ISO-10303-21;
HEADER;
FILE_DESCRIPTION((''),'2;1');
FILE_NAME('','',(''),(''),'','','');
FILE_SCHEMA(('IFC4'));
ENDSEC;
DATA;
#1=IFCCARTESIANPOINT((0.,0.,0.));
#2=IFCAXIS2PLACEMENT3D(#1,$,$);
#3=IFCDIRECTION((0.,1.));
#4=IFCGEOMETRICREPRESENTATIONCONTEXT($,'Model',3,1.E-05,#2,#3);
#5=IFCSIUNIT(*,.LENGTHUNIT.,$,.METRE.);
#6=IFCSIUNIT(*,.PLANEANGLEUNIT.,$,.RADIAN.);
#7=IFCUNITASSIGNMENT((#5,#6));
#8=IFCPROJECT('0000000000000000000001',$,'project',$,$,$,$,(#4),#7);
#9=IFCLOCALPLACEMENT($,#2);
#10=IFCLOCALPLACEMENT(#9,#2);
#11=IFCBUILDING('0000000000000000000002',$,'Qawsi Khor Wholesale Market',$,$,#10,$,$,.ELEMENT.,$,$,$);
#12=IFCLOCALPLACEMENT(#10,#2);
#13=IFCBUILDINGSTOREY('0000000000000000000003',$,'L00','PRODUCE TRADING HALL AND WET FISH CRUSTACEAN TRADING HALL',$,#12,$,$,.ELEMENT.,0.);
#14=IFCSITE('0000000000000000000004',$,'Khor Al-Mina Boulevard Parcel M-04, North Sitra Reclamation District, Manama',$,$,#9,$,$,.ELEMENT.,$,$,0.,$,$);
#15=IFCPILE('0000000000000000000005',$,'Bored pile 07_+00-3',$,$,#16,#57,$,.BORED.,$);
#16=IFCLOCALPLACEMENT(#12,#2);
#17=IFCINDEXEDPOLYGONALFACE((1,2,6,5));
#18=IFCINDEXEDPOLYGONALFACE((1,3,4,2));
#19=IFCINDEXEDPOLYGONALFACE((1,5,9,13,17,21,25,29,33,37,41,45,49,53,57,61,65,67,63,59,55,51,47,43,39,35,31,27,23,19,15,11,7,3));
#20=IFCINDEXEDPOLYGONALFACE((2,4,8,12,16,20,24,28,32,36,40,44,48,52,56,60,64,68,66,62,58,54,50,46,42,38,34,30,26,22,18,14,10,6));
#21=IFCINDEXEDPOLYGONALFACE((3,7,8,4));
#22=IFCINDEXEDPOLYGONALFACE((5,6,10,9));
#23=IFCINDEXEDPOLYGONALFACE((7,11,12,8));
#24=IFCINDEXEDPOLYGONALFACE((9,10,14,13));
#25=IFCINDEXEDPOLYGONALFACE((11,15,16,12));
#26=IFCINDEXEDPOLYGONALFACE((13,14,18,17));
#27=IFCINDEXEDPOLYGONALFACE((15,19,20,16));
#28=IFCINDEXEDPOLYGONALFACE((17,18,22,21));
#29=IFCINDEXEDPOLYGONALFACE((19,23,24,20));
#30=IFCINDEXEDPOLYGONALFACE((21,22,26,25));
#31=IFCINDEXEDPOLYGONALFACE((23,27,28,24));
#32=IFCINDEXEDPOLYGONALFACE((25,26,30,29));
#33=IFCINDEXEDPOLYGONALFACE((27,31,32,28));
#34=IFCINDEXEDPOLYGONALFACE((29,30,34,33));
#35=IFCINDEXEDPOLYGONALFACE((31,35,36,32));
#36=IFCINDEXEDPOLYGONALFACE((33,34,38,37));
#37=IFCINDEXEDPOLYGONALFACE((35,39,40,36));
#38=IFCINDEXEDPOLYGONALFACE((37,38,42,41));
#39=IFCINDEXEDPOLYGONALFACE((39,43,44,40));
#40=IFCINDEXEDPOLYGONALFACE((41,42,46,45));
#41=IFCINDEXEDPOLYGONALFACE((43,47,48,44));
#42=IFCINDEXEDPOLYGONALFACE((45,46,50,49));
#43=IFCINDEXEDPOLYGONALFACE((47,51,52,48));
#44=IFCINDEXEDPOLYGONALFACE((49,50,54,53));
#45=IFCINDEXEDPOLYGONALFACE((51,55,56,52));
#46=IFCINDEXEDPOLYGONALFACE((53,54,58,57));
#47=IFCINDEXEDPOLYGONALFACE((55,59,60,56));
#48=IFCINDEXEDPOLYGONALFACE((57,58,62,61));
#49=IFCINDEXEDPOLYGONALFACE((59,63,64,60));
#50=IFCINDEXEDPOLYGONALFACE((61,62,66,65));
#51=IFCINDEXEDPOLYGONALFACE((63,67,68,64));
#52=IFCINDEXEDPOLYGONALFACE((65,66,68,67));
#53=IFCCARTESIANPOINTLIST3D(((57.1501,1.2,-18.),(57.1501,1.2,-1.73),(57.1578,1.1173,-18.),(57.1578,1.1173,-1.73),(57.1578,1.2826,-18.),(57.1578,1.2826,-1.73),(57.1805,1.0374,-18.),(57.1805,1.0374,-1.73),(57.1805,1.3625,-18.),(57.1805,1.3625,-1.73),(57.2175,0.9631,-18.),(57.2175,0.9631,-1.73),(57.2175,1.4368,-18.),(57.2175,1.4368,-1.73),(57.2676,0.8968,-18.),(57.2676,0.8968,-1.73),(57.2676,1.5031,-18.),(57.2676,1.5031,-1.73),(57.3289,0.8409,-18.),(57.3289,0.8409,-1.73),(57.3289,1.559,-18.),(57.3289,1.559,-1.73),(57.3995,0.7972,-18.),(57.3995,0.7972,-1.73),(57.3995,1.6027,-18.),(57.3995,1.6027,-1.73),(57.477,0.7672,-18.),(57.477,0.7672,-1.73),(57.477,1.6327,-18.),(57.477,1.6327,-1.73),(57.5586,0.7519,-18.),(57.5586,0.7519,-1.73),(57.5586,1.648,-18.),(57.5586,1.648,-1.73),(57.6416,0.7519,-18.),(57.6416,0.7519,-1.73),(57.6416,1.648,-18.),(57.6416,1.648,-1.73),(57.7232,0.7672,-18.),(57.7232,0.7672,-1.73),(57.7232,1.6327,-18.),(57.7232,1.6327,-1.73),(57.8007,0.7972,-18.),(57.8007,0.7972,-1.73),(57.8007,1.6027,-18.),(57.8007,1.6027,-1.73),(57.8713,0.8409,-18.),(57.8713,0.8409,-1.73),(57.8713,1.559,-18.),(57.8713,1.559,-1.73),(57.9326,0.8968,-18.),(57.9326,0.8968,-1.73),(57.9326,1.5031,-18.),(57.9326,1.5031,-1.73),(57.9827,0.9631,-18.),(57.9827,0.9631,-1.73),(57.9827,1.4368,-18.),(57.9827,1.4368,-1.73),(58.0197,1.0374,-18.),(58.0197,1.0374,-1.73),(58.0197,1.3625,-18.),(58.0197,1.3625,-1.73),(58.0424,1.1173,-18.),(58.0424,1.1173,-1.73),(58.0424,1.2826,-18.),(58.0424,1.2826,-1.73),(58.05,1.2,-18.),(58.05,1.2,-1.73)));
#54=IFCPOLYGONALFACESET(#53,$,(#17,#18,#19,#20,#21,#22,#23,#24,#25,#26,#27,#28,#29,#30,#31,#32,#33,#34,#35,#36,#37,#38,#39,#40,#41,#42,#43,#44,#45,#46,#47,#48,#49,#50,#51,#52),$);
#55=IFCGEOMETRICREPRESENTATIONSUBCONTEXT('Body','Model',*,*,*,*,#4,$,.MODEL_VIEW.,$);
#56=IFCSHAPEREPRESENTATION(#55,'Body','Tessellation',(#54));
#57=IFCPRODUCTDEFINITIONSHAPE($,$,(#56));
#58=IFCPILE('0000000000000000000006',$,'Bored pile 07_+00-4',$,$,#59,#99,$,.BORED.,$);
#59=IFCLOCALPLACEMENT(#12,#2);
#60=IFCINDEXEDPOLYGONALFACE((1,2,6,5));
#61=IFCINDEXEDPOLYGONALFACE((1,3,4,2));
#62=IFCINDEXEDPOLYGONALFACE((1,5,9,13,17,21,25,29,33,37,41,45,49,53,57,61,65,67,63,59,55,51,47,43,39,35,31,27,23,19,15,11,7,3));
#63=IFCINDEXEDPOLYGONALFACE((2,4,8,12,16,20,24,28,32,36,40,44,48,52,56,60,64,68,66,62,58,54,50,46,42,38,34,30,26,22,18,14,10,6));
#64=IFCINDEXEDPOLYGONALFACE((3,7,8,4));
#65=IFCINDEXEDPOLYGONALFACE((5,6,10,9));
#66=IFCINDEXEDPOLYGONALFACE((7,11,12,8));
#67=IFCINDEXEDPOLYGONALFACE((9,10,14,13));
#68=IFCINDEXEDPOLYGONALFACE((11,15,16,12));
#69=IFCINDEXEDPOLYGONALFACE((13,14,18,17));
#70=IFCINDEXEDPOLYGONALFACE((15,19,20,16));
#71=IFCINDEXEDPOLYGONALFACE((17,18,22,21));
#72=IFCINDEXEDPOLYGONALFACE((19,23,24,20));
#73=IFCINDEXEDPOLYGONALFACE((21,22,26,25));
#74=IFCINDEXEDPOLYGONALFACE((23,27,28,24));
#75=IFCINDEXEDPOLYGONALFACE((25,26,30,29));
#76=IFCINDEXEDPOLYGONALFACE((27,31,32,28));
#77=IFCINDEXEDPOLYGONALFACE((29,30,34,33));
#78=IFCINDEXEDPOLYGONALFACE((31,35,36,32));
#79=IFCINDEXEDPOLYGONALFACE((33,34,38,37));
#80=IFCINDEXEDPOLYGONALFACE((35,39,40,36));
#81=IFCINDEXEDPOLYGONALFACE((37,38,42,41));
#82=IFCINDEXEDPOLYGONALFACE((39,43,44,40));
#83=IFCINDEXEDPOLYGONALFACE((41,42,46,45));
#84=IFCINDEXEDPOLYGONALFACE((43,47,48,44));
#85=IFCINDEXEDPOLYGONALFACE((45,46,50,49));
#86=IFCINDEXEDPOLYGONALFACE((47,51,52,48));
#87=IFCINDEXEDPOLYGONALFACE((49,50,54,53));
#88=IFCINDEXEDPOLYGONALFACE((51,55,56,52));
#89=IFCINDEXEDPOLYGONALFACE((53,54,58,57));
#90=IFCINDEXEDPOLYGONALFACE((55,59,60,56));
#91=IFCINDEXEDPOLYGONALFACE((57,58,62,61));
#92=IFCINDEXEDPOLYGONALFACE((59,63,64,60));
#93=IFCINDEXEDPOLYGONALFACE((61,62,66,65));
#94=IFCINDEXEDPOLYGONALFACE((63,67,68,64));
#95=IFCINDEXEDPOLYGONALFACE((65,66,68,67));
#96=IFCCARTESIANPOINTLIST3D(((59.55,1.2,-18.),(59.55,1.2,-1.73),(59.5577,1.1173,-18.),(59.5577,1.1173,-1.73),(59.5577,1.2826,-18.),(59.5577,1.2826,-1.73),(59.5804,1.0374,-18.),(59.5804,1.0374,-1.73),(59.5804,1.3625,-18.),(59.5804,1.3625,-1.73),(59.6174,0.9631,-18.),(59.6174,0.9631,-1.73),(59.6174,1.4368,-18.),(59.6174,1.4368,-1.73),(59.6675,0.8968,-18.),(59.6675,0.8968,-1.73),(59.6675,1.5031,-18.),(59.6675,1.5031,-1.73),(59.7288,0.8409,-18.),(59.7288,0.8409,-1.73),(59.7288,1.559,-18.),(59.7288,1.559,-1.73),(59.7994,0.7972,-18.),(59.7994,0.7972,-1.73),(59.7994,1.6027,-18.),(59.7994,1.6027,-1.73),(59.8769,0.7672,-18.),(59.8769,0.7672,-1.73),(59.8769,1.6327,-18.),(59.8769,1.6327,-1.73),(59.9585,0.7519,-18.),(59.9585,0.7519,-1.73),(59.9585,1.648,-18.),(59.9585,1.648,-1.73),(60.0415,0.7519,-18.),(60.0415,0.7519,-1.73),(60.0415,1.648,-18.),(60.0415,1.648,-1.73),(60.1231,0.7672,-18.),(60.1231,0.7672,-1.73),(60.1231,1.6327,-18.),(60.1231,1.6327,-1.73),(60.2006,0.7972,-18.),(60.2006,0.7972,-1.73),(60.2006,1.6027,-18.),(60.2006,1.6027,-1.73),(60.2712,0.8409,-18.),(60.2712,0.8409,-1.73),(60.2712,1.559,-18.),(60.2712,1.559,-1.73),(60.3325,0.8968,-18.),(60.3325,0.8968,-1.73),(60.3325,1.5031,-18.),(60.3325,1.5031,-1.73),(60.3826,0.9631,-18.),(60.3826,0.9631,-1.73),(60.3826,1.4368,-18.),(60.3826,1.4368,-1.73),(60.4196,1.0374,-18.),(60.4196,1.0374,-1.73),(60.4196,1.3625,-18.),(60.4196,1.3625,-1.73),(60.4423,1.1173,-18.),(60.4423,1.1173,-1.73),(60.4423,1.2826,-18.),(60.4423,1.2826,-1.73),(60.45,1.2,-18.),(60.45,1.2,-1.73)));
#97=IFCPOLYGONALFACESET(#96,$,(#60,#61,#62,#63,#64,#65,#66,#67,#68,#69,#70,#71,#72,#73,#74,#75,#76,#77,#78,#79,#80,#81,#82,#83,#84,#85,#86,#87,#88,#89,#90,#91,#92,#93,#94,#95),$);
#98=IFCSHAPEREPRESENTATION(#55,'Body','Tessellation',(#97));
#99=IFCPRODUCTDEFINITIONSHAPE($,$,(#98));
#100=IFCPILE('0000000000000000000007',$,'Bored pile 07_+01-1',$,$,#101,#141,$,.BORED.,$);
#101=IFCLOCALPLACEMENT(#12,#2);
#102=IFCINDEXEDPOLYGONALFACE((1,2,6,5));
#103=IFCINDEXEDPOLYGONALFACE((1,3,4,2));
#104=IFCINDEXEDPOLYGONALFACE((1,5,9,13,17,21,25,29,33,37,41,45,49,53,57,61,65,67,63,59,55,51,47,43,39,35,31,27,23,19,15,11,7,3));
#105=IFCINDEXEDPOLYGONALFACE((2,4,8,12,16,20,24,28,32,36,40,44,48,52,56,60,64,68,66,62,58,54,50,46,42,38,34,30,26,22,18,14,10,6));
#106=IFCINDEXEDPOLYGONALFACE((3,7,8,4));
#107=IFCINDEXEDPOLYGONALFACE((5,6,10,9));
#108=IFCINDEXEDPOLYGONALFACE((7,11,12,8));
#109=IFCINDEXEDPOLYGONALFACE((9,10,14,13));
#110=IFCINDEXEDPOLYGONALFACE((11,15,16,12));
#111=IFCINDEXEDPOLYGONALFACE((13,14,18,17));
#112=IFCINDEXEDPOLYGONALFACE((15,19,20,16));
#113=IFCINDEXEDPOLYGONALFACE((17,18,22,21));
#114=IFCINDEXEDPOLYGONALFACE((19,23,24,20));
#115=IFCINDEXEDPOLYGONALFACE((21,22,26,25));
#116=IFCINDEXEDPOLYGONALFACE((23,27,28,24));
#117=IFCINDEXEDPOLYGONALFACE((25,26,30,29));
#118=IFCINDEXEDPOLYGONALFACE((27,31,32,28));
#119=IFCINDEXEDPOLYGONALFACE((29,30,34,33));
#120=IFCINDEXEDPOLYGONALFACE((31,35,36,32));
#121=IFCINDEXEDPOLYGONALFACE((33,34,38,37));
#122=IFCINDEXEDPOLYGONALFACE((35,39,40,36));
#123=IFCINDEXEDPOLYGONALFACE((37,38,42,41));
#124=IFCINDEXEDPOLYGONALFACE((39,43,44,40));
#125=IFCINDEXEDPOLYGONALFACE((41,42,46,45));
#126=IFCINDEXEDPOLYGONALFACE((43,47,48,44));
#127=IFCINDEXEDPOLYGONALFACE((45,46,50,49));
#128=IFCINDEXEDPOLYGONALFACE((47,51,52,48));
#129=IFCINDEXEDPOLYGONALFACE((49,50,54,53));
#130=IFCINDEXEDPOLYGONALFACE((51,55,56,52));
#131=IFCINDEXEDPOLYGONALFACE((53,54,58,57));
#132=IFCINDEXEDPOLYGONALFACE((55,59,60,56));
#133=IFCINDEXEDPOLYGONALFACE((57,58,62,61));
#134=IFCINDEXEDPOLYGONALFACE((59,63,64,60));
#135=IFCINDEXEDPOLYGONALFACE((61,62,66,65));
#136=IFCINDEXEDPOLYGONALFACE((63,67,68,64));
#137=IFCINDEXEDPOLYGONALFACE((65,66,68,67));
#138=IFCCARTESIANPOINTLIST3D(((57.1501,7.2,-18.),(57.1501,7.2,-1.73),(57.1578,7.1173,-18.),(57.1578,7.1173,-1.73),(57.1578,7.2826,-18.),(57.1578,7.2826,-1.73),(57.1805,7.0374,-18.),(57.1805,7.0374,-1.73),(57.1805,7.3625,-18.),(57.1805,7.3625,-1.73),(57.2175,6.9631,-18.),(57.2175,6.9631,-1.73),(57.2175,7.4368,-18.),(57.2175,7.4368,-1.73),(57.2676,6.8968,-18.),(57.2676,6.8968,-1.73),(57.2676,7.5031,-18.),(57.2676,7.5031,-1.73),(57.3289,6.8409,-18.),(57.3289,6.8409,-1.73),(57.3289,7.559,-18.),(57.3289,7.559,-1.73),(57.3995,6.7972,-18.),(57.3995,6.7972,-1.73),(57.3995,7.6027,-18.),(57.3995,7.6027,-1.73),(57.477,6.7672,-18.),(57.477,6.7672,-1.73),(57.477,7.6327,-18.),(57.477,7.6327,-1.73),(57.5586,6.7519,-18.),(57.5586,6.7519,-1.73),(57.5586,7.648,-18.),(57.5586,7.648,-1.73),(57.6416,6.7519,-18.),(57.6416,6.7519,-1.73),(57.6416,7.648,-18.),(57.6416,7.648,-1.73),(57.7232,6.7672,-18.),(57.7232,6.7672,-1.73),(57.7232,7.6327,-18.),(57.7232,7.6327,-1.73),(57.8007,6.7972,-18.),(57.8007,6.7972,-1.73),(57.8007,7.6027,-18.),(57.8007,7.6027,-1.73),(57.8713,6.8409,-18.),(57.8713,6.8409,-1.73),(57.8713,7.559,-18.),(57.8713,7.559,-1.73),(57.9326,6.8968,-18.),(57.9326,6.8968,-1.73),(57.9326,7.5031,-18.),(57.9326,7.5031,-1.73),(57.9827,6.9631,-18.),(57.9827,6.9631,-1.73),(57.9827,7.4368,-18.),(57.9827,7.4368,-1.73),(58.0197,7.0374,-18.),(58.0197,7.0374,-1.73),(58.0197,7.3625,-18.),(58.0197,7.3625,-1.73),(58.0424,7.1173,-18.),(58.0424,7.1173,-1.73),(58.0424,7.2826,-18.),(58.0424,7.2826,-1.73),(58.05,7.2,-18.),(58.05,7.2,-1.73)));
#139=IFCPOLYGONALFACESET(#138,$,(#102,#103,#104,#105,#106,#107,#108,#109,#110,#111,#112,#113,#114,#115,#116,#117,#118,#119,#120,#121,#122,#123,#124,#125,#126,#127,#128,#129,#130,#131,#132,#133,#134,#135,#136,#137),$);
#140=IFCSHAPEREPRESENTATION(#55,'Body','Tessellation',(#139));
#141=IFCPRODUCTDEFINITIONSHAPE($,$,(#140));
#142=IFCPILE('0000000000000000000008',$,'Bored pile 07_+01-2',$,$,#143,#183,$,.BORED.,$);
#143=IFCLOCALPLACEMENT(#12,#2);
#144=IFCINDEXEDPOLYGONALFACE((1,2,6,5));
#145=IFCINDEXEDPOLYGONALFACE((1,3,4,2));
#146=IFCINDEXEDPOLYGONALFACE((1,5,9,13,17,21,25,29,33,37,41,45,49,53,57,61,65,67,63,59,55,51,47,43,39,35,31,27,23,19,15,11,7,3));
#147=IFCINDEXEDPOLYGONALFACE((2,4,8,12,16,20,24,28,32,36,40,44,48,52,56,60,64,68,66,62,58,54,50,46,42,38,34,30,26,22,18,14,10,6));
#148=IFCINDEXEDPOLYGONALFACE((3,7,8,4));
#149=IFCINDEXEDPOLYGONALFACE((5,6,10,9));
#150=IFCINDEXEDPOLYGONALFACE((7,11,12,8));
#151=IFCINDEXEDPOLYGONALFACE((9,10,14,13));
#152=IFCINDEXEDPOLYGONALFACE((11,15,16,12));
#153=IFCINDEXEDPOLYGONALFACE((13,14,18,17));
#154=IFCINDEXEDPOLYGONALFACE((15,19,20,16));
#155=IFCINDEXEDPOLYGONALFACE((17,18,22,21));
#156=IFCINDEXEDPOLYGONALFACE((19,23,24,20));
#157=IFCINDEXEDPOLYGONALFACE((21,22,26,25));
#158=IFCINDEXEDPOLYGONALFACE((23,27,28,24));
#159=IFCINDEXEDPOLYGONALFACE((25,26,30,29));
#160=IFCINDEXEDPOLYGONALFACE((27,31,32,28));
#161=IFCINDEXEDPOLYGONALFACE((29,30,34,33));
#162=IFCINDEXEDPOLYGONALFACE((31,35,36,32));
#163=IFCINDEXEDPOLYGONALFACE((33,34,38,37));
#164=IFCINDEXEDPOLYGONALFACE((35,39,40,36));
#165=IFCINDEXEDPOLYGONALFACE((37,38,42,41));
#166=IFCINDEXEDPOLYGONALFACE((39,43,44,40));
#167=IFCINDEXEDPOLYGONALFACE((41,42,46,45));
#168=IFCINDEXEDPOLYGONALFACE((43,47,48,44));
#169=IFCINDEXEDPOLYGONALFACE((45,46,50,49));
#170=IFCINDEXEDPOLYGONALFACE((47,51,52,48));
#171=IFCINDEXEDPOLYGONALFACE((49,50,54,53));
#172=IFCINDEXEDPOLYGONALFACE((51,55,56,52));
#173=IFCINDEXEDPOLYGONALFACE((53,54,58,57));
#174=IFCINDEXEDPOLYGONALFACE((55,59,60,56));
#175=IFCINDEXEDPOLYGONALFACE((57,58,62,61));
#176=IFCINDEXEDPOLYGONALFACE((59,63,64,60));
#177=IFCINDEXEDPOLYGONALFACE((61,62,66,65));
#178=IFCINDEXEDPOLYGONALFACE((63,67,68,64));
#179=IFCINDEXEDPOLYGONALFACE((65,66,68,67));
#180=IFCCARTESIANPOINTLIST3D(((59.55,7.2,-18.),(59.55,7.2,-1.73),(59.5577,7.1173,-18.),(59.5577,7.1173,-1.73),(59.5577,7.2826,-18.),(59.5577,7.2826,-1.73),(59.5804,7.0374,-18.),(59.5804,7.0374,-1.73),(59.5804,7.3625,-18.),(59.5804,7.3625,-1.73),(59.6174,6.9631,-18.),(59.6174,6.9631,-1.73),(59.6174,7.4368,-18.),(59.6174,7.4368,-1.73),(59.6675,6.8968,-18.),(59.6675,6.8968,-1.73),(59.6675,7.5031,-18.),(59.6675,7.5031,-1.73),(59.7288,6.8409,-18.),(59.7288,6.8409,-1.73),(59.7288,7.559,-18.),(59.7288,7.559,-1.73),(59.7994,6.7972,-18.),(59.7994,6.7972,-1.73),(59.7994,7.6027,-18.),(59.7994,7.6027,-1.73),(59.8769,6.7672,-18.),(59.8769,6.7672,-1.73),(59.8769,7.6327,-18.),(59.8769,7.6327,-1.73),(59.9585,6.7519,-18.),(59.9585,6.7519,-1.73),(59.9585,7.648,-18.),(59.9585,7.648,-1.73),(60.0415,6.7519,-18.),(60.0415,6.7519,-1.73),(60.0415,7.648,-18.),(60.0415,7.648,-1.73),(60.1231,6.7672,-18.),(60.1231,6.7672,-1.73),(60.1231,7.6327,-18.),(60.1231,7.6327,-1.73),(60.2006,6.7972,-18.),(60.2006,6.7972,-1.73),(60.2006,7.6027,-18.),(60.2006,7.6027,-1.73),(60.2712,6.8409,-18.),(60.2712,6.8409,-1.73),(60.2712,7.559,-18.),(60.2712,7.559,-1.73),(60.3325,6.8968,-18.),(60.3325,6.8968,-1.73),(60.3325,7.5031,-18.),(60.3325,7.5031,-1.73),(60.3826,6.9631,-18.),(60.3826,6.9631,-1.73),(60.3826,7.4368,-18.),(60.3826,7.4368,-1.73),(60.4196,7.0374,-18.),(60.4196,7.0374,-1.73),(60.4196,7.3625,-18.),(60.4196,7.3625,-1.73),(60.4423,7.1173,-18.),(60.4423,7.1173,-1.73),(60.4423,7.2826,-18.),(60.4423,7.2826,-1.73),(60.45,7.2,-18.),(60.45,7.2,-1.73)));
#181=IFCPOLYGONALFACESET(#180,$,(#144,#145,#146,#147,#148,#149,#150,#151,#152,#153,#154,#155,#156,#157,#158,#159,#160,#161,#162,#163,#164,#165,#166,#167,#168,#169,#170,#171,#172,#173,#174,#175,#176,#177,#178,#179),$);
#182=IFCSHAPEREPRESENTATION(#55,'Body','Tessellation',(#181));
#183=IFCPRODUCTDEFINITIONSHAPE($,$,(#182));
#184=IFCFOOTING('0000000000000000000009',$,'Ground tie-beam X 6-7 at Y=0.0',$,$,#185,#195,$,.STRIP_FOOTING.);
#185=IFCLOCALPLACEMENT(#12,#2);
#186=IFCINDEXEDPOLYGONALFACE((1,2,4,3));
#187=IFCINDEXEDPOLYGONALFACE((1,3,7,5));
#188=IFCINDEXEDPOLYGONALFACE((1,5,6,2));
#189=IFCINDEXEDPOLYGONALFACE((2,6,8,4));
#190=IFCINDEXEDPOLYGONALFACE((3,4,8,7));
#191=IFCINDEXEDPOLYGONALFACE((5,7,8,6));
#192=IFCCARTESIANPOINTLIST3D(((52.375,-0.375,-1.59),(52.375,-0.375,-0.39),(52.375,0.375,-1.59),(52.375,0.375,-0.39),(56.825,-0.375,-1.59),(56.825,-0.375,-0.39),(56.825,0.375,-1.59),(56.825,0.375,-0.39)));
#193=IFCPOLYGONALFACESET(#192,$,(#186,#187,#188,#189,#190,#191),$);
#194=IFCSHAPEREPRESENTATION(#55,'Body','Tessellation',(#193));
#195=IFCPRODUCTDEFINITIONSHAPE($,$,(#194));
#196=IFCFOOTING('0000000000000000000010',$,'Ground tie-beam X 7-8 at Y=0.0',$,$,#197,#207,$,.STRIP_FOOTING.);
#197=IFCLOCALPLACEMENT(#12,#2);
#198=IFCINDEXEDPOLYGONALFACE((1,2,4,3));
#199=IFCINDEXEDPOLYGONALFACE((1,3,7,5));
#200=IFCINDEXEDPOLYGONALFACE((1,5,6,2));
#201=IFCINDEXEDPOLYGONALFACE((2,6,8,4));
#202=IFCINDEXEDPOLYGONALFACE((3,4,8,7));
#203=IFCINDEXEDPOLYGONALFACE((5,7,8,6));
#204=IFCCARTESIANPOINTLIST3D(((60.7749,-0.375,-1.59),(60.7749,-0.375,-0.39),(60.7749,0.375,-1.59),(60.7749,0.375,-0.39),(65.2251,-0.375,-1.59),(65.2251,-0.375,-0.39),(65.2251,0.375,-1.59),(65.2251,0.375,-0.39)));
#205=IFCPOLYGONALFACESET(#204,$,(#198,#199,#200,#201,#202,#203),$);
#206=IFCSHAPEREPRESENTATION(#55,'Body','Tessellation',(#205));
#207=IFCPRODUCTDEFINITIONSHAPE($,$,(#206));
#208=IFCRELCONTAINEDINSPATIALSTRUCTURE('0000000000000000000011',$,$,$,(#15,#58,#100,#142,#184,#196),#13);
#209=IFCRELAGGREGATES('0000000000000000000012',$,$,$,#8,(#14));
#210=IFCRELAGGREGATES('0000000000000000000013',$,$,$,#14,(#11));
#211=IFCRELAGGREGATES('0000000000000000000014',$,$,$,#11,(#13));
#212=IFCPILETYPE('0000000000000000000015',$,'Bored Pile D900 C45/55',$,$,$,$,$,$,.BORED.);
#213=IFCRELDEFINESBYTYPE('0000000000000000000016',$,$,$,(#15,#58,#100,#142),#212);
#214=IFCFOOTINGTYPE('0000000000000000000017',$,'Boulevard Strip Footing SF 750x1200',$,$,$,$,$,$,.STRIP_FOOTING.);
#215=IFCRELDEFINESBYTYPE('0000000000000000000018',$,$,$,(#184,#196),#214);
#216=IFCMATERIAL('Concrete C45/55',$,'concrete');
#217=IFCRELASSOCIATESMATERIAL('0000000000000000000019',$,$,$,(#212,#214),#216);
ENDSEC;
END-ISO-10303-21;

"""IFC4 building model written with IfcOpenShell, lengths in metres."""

from ifc_helpers import new_model, si_unit, direction, frame, origin, origin_2d, place, context, subcontext, project, spatial, rectangle, circle, extrude, material, material_profile, profile_set, type_object, element, save


model = new_model("IFC4")

# Units and contexts
model_context = context("Model", 3, precision=1e-05, world=origin(), true_north=direction((0.0, 1.0)))
body_context = subcontext(model_context, "Body", "Model", "MODEL_VIEW")
ifc_project = project(units=[si_unit("LENGTHUNIT", "METRE"), si_unit("PLANEANGLEUNIT", "RADIAN")], contexts=[model_context])

# Site, building, storey
site_placement = place(None, origin())
site = spatial("IfcSite", under=ifc_project, at=site_placement, Name="Khor Al-Mina Boulevard Parcel M-04, North Sitra Reclamation District, Manama", CompositionType="ELEMENT", RefElevation=0.0)
building_placement = place(site_placement, origin())
building = spatial("IfcBuilding", under=site, at=building_placement, Name="Qawsi Khor Wholesale Market", CompositionType="ELEMENT")
storey_placement = place(building_placement, origin())
storey = spatial("IfcBuildingStorey", under=building, at=storey_placement, Name="L00", Description="PRODUCE TRADING HALL AND WET FISH CRUSTACEAN TRADING HALL", CompositionType="ELEMENT", Elevation=0.0)

# Piles
ifc_material_1 = material(Name="Concrete C45/55", Category="concrete")
ifc_material_profile_1 = material_profile(ifc_material_1, circle(Radius=0.45, at=origin_2d()), Name="PILE D900")
ifc_profile_set_1 = profile_set([ifc_material_profile_1], Name="Concrete C45/55")
pile_type = type_object("IfcPileType", Name="Bored Pile D900 C45/55", PredefinedType="BORED", material=ifc_profile_set_1)
for number, where, z_axis, x_axis, name in (
    (1, (57.6001, 1.2, -1.73), (0.0, 0.0, -1.0), (1.0, 0.0, 0.0), "Bored pile 07_+00-3"),
    (2, (60.0, 1.2, -1.73), (0.0, 0.0, -1.0), (1.0, 0.0, 0.0), "Bored pile 07_+00-4"),
    (3, (57.6001, 7.2, -1.73), (0.0, 0.0, -1.0), (1.0, 0.0, 0.0), "Bored pile 07_+01-1"),
    (4, (60.0, 7.2, -1.73), (0.0, 0.0, -1.0), (1.0, 0.0, 0.0), "Bored pile 07_+01-2"),
):
    element("IfcPile", number, at=place(storey_placement, frame(where, z_axis=z_axis, x_axis=x_axis)), inside=storey, type_object=pile_type, Name=name, PredefinedType="BORED", context=body_context, shape_type="SweptSolid", body=[
        extrude(circle(Radius=0.45, at=origin_2d()), origin(), (0.0, 0.0, 1.0), 16.27),
    ])

# Footings
ifc_material_profile_2 = material_profile(ifc_material_1, rectangle(XDim=0.75, YDim=1.2, at=origin_2d()), Name="RC 750x1200")
ifc_profile_set_2 = profile_set([ifc_material_profile_2], Name="Concrete C45/55")
footing_type_1 = type_object("IfcFootingType", Name="Boulevard Strip Footing SF 750x1200", PredefinedType="STRIP_FOOTING", material=ifc_profile_set_2)
footing_1_placement = place(storey_placement, frame((52.375, 0.0, -0.99), z_axis=(1.0, 0.0, 0.0), x_axis=(0.0, 1.0, 0.0)))
element("IfcFooting", 5, at=footing_1_placement, inside=storey, type_object=footing_type_1, Name="Ground tie-beam X 6-7 at Y=0.0", PredefinedType="STRIP_FOOTING", context=body_context, shape_type="SweptSolid", body=[
    extrude(rectangle(XDim=0.75, YDim=1.2, at=origin_2d()), origin(), (0.0, 0.0, 1.0), 4.45),
])
footing_2_placement = place(storey_placement, frame((60.7749, 0.0, -0.99), z_axis=(1.0, 0.0, 0.0), x_axis=(0.0, 1.0, 0.0)))
element("IfcFooting", 6, at=footing_2_placement, inside=storey, type_object=footing_type_1, Name="Ground tie-beam X 7-8 at Y=0.0", PredefinedType="STRIP_FOOTING", context=body_context, shape_type="SweptSolid", body=[
    extrude(rectangle(XDim=0.75, YDim=1.2, at=origin_2d()), origin(), (0.0, 0.0, 1.0), 4.4502),
])

save(model, "model.ifc")
